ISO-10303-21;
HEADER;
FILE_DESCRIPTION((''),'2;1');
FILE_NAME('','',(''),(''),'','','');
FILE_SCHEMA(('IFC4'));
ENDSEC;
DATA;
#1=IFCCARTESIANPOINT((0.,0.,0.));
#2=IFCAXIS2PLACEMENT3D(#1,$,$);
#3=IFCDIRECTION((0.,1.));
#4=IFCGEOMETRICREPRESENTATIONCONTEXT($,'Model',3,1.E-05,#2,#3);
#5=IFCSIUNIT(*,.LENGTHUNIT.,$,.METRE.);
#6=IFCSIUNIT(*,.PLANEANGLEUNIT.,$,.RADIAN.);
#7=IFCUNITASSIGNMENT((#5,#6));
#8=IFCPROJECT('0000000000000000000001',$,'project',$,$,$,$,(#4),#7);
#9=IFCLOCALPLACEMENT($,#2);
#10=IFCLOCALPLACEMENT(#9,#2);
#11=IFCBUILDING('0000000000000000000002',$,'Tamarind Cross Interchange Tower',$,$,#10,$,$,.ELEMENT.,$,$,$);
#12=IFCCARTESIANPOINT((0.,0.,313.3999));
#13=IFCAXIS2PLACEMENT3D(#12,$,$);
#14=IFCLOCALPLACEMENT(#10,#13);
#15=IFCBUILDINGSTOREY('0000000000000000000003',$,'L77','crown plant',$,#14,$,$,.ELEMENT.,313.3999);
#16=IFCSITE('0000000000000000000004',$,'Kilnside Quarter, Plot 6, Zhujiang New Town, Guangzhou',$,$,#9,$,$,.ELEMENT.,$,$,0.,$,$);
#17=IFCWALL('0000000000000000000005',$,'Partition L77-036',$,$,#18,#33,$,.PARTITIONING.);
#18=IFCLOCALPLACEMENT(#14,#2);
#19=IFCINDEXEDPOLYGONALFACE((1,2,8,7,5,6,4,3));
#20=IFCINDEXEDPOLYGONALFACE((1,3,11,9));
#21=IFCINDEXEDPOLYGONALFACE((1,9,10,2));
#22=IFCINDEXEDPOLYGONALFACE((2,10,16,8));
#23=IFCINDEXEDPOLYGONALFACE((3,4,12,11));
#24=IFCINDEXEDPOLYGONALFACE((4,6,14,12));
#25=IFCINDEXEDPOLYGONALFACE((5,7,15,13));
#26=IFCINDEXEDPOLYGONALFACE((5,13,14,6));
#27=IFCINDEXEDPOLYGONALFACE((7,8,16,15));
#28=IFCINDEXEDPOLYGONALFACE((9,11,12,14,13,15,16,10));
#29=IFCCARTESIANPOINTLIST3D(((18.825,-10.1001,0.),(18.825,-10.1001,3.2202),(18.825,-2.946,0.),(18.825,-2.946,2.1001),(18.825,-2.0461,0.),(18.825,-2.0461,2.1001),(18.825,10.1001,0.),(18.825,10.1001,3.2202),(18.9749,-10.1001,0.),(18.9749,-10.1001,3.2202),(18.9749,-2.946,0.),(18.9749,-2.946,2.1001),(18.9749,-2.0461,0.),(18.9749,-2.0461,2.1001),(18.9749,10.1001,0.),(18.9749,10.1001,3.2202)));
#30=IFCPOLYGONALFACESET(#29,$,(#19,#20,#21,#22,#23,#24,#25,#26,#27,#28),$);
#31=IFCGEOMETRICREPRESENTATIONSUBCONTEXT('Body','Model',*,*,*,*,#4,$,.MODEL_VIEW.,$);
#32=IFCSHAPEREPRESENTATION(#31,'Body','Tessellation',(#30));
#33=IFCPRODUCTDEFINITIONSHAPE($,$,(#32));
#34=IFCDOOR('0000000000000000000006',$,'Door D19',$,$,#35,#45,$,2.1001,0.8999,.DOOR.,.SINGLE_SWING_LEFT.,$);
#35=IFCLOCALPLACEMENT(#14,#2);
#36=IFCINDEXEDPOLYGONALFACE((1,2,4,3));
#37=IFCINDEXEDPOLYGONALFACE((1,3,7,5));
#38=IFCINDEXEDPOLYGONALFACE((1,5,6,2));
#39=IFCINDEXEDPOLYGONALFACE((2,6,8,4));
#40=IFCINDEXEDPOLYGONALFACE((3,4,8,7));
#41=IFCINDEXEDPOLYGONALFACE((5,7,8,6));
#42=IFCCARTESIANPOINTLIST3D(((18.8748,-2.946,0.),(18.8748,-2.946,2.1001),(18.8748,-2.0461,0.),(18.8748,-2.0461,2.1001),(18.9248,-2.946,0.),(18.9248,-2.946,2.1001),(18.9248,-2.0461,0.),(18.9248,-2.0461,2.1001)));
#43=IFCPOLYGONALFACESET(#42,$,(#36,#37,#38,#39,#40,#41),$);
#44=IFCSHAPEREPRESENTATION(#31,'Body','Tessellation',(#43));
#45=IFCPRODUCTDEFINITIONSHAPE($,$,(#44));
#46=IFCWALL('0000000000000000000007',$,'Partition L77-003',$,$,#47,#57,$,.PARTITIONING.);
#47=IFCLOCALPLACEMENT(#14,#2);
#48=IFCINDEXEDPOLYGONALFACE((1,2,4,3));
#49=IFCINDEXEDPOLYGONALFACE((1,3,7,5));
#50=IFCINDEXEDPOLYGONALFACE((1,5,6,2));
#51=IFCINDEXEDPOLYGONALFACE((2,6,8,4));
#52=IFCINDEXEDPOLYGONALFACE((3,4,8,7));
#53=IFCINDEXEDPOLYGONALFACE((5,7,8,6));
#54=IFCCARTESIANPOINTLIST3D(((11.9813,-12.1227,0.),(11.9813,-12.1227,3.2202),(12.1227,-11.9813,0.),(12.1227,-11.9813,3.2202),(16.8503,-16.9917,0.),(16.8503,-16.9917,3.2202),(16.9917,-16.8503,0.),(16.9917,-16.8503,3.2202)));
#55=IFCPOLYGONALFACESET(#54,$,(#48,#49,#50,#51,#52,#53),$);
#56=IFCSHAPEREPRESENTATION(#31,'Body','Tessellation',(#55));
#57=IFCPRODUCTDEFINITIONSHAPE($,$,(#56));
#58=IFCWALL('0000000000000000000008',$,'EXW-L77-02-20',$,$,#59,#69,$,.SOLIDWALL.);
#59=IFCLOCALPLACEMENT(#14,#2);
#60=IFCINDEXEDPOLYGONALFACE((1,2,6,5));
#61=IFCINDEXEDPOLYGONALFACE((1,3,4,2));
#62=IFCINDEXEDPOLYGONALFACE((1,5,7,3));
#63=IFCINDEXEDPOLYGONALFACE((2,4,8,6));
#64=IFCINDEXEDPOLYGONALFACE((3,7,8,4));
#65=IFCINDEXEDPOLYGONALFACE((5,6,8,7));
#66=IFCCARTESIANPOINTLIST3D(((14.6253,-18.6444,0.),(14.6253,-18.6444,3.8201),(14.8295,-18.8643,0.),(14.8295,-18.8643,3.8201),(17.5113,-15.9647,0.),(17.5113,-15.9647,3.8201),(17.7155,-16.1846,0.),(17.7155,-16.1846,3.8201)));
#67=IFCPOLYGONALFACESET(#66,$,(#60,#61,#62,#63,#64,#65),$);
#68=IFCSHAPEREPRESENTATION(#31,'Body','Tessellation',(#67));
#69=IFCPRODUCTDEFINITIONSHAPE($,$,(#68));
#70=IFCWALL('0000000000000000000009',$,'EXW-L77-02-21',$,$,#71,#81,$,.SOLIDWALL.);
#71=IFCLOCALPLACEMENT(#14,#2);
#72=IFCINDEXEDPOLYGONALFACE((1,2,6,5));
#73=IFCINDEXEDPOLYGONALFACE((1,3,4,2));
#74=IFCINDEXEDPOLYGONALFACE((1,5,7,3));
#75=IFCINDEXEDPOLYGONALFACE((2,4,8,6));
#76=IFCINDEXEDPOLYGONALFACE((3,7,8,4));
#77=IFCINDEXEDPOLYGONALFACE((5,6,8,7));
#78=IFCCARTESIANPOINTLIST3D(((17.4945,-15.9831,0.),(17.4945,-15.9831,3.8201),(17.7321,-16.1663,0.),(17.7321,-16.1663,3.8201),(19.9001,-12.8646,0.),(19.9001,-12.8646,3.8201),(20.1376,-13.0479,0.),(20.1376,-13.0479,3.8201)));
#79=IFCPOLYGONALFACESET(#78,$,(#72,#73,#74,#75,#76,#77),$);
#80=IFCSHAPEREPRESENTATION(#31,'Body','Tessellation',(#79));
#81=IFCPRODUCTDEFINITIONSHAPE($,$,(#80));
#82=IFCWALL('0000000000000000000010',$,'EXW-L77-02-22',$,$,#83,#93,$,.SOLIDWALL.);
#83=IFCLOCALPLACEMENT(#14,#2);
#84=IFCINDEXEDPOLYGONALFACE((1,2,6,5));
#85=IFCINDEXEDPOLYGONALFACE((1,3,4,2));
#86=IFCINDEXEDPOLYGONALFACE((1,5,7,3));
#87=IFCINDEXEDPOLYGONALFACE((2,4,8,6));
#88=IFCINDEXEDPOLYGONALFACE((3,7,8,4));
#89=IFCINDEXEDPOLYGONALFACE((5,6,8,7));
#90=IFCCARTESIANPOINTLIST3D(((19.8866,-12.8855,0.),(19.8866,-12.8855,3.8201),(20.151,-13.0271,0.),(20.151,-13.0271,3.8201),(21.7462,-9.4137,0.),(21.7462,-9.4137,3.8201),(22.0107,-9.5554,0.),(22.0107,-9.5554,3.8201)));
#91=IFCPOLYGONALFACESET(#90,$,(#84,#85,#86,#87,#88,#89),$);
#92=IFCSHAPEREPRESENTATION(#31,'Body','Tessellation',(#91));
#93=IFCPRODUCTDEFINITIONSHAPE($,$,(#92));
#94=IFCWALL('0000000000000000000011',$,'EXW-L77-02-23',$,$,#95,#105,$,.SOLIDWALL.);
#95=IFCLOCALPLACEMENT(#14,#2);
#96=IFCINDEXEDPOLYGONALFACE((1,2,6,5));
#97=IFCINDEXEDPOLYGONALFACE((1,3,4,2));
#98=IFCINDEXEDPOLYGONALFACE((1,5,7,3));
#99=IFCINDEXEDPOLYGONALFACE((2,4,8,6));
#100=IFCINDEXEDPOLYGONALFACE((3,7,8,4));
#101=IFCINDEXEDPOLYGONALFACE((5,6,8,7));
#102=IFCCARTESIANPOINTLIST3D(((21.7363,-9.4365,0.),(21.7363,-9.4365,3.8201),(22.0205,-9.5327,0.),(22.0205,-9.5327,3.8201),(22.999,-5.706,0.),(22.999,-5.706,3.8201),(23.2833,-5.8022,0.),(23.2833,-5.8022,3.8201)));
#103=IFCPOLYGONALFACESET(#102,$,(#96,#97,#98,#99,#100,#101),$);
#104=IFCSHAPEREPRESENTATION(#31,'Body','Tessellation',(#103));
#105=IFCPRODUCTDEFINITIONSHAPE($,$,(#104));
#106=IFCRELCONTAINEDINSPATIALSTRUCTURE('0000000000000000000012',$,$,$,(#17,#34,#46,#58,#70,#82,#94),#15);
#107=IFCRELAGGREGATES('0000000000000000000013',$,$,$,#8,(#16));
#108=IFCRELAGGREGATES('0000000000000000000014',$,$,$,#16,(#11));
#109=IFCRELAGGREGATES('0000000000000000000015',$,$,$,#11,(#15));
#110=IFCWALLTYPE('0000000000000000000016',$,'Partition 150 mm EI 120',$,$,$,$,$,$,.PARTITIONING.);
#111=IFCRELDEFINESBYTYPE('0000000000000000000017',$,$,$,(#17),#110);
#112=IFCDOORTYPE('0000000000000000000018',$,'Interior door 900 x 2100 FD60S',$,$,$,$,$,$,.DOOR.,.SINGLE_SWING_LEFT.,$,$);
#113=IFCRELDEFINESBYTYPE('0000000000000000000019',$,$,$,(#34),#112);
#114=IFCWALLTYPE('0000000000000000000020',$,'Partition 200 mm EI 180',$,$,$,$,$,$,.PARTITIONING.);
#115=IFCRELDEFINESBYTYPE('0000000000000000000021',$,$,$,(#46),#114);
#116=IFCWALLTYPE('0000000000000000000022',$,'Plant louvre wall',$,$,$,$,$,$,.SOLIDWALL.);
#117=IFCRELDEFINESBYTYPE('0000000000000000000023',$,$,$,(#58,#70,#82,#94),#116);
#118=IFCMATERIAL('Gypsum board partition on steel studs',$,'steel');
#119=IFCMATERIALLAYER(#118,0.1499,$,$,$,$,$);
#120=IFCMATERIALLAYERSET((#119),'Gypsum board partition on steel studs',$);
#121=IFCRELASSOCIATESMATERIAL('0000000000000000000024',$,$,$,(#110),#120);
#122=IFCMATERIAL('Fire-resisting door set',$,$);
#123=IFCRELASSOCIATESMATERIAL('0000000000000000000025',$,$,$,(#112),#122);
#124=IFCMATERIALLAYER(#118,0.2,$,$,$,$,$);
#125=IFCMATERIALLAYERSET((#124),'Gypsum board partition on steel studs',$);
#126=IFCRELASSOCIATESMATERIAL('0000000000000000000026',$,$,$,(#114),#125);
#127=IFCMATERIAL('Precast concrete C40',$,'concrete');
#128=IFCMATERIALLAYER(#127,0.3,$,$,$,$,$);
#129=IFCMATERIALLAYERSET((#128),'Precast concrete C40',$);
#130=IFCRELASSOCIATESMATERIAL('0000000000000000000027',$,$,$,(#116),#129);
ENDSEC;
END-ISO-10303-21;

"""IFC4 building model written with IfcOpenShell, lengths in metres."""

from ifc_helpers import new_model, si_unit, direction, frame, frame_2d, origin, place, context, subcontext, project, spatial, rectangle, extrude, material, layer, layer_set, type_object, element, fill, save


model = new_model("IFC4")

# Units and contexts
model_context = context("Model", 3, precision=1e-05, world=origin(), true_north=direction((0.0, 1.0)))
body_context = subcontext(model_context, "Body", "Model", "MODEL_VIEW")
ifc_project = project(units=[si_unit("LENGTHUNIT", "METRE"), si_unit("PLANEANGLEUNIT", "RADIAN")], contexts=[model_context])

# Site, building, storey
site_placement = place(None, origin())
site = spatial("IfcSite", under=ifc_project, at=site_placement, Name="Kilnside Quarter, Plot 6, Zhujiang New Town, Guangzhou", CompositionType="ELEMENT", RefElevation=0.0)
building_placement = place(site_placement, origin())
building = spatial("IfcBuilding", under=site, at=building_placement, Name="Tamarind Cross Interchange Tower", CompositionType="ELEMENT")
storey_placement = place(building_placement, frame((0.0, 0.0, 313.3999)))
storey = spatial("IfcBuildingStorey", under=building, at=storey_placement, Name="L77", Description="crown plant", CompositionType="ELEMENT", Elevation=313.3999)

# Shared definitions
ifc_material_1 = material(Name="Gypsum board partition on steel studs", Category="steel")
ifc_layer_1 = layer(ifc_material_1, 0.1499)
ifc_layer_set_1 = layer_set([ifc_layer_1], Name="Gypsum board partition on steel studs")
wall_type_1 = type_object("IfcWallType", Name="Partition 150 mm EI 120", PredefinedType="PARTITIONING", material=ifc_layer_set_1)

# Wall, opening, door
wall_1_placement = place(storey_placement, frame((18.8999, -10.1001, 0.0), z_axis=(0.0, 0.0, 1.0), x_axis=(0.0, 1.0, 0.0)))
wall_1 = element("IfcWall", 1, at=wall_1_placement, inside=storey, type_object=wall_type_1, Name="Partition L77-036", PredefinedType="PARTITIONING", context=body_context, shape_type="SweptSolid", body=[
    extrude(rectangle(XDim=20.2002, YDim=0.1499, at=frame_2d((10.1001, 0.0))), origin(), (0.0, 0.0, 1.0), 3.2202),
])
opening_1_placement = place(wall_1_placement, frame((7.1541, 0.0, 0.0)))
opening_1 = element("IfcOpeningElement", 2, at=opening_1_placement, cuts=wall_1, PredefinedType="OPENING", context=body_context, shape_type="SweptSolid", body=[
    extrude(rectangle(XDim=0.8999, YDim=2.1001, at=frame_2d((0.45, 1.05))), frame((0.0, 0.085, 0.0), z_axis=(0.0, -1.0, 0.0), x_axis=(1.0, 0.0, 0.0)), (0.0, 0.0, 1.0), 0.1699),
])
ifc_material_2 = material(Name="Fire-resisting door set")
door_type_1 = type_object("IfcDoorType", Name="Interior door 900 x 2100 FD60S", OperationType="SINGLE_SWING_LEFT", PredefinedType="DOOR", material=ifc_material_2)
door_1_placement = place(opening_1_placement, frame((0.8999, 0.0, 0.0), z_axis=(0.0, 0.0, 1.0), x_axis=(-1.0, 0.0, 0.0)))
door_1 = element("IfcDoor", 3, at=door_1_placement, inside=storey, type_object=door_type_1, Name="Door D19", OperationType="SINGLE_SWING_LEFT", OverallHeight=2.1001, OverallWidth=0.8999, PredefinedType="DOOR", context=body_context, shape_type="SweptSolid", body=[
    extrude(rectangle(XDim=0.8999, YDim=2.1001, at=frame_2d((0.45, 1.05))), frame((0.0, 0.0249, 0.0), z_axis=(0.0, -1.0, 0.0), x_axis=(1.0, 0.0, 0.0)), (0.0, 0.0, 1.0), 0.05),
])
fill(opening_1, door_1)

# Walls
ifc_layer_2 = layer(ifc_material_1, 0.2)
ifc_layer_set_2 = layer_set([ifc_layer_2], Name="Gypsum board partition on steel studs")
wall_type_2 = type_object("IfcWallType", Name="Partition 200 mm EI 180", PredefinedType="PARTITIONING", material=ifc_layer_set_2)
wall_2_placement = place(storey_placement, frame((12.052, -12.052, 0.0), z_axis=(0.0, 0.0, 1.0), x_axis=(0.707107, -0.707107, 0.0)))
element("IfcWall", 4, at=wall_2_placement, inside=storey, type_object=wall_type_2, Name="Partition L77-003", PredefinedType="PARTITIONING", context=body_context, shape_type="SweptSolid", body=[
    extrude(rectangle(XDim=6.8857, YDim=0.2, at=frame_2d((3.4429, 0.0))), origin(), (0.0, 0.0, 1.0), 3.2202),
])
ifc_material_3 = material(Name="Precast concrete C40", Category="concrete")
ifc_layer_3 = layer(ifc_material_3, 0.3)
ifc_layer_set_3 = layer_set([ifc_layer_3], Name="Precast concrete C40")
wall_type_3 = type_object("IfcWallType", Name="Plant louvre wall", PredefinedType="SOLIDWALL", material=ifc_layer_set_3)
wall_3_placement = place(storey_placement, frame((14.7273, -18.7544, 0.0), z_axis=(0.0, 0.0, 1.0), x_axis=(0.732813, 0.68043, 0.0)))
element("IfcWall", 5, at=wall_3_placement, inside=storey, type_object=wall_type_3, Name="EXW-L77-02-20", PredefinedType="SOLIDWALL", context=body_context, shape_type="SweptSolid", body=[
    extrude(rectangle(XDim=3.9382, YDim=0.3, at=frame_2d((1.9692, 0.0))), origin(), (0.0, 0.0, 1.0), 3.8201),
])
for number, where, z_axis, x_axis, name in (
    (6, (17.6133, -16.0747, 0.0), (0.0, 0.0, 1.0), (0.610786, 0.791796, 0.0), "EXW-L77-02-21"),
    (7, (20.0188, -12.9563, 0.0), (0.0, 0.0, 1.0), (0.47218, 0.881502, 0.0), "EXW-L77-02-22"),
    (8, (21.8784, -9.4846, 0.0), (0.0, 0.0, 1.0), (0.320613, 0.94721, 0.0), "EXW-L77-02-23"),
):
    element("IfcWall", number, at=place(storey_placement, frame(where, z_axis=z_axis, x_axis=x_axis)), inside=storey, type_object=wall_type_3, Name=name, PredefinedType="SOLIDWALL", context=body_context, shape_type="SweptSolid", body=[
        extrude(rectangle(XDim=3.9385, YDim=0.3, at=frame_2d((1.9692, 0.0))), origin(), (0.0, 0.0, 1.0), 3.8201),
    ])

save(model, "model.ifc")
